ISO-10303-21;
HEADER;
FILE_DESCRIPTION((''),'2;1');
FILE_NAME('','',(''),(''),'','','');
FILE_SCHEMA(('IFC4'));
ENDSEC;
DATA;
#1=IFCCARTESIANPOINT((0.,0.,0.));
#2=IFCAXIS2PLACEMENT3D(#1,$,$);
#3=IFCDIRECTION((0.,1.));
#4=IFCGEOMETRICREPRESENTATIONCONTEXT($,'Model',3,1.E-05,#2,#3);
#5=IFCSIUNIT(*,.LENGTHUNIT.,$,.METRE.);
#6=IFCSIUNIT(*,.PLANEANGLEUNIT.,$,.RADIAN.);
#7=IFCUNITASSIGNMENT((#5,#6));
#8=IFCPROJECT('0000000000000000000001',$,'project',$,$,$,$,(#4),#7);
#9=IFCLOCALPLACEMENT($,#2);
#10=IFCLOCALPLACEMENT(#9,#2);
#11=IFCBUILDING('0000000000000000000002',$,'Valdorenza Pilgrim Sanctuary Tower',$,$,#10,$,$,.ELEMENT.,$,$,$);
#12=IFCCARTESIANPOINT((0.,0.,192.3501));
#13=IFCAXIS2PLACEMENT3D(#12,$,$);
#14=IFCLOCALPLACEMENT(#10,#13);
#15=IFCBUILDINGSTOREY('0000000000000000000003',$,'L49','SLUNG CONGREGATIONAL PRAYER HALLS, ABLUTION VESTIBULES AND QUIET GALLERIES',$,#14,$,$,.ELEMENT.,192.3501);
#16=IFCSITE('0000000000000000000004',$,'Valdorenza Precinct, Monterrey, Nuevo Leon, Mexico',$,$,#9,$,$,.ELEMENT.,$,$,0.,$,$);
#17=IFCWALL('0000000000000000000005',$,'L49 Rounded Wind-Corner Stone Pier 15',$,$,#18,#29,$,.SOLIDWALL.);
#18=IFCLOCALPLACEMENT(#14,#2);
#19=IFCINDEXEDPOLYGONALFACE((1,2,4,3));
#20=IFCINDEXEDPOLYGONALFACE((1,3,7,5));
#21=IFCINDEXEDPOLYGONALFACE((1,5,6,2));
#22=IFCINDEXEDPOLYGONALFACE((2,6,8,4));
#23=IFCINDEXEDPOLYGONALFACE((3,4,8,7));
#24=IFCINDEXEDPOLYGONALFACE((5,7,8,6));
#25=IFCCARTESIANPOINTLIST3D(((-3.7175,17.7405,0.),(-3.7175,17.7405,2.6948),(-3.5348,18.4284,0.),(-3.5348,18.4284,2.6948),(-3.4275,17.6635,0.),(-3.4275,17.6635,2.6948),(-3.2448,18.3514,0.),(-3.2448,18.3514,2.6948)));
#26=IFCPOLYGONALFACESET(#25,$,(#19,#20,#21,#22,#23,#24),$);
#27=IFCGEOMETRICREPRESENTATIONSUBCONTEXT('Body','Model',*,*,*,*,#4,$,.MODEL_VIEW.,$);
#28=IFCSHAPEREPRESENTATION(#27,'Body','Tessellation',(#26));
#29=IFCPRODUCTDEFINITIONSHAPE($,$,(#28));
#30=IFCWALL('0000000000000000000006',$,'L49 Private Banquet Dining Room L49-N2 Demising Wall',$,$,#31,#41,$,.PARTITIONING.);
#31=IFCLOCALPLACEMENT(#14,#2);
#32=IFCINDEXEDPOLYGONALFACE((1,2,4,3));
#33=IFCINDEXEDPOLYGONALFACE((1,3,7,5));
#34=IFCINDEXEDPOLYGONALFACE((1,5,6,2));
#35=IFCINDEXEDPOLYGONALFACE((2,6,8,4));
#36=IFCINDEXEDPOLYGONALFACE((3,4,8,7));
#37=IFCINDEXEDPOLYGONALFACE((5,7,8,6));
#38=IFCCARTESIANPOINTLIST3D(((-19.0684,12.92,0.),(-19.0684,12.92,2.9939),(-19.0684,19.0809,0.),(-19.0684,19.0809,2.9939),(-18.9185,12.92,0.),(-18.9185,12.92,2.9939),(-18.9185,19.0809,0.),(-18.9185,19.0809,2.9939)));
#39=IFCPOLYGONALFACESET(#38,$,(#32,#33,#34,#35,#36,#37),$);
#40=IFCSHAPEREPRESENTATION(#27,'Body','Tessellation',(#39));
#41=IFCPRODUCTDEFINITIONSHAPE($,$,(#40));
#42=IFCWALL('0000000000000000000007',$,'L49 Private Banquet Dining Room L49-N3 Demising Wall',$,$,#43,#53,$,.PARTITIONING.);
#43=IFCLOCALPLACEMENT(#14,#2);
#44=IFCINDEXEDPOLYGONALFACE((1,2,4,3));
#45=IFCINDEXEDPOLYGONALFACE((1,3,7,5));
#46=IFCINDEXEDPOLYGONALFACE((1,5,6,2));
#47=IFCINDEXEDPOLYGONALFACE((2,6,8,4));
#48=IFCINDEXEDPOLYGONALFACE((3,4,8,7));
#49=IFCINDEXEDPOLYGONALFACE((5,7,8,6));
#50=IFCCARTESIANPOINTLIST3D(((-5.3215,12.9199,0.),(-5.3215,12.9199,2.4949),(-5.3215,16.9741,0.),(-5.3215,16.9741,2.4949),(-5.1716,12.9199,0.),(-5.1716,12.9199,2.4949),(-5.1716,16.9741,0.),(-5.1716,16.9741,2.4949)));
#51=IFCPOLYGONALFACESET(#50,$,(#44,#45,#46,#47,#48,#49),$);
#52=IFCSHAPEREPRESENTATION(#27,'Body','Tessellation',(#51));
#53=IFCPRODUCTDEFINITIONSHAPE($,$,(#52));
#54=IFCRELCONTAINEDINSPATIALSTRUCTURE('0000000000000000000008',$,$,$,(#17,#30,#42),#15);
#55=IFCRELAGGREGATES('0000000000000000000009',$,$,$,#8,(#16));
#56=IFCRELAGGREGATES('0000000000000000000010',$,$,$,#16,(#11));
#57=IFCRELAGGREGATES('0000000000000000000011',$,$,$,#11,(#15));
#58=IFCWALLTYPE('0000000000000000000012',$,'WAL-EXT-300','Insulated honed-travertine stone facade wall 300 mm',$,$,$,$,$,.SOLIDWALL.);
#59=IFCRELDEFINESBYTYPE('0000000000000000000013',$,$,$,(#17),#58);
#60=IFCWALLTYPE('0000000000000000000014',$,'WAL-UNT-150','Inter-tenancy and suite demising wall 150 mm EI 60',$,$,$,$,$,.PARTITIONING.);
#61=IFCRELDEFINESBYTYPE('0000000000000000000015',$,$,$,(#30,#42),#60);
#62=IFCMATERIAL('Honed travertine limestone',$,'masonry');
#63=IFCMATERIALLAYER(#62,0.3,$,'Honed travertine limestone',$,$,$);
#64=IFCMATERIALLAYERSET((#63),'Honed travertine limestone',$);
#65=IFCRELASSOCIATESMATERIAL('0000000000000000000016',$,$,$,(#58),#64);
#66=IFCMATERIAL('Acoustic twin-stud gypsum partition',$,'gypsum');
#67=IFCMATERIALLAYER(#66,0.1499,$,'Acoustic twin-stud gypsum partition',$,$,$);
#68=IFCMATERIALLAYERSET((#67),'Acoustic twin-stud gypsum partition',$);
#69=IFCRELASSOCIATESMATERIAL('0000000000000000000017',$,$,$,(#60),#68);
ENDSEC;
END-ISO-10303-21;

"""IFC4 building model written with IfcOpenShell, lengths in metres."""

from ifc_helpers import new_model, si_unit, direction, frame, frame_2d, origin, place, context, subcontext, project, spatial, rectangle, extrude, material, layer, layer_set, type_object, element, save


model = new_model("IFC4")

# Units and contexts
model_context = context("Model", 3, precision=1e-05, world=origin(), true_north=direction((0.0, 1.0)))
body_context = subcontext(model_context, "Body", "Model", "MODEL_VIEW")
ifc_project = project(units=[si_unit("LENGTHUNIT", "METRE"), si_unit("PLANEANGLEUNIT", "RADIAN")], contexts=[model_context])

# Site, building, storey
site_placement = place(None, origin())
site = spatial("IfcSite", under=ifc_project, at=site_placement, Name="Valdorenza Precinct, Monterrey, Nuevo Leon, Mexico", CompositionType="ELEMENT", RefElevation=0.0)
building_placement = place(site_placement, origin())
building = spatial("IfcBuilding", under=site, at=building_placement, Name="Valdorenza Pilgrim Sanctuary Tower", CompositionType="ELEMENT")
storey_placement = place(building_placement, frame((0.0, 0.0, 192.3501)))
storey = spatial("IfcBuildingStorey", under=building, at=storey_placement, Name="L49", Description="SLUNG CONGREGATIONAL PRAYER HALLS, ABLUTION VESTIBULES AND QUIET GALLERIES", CompositionType="ELEMENT", Elevation=192.3501)

# Shared definitions
ifc_material_1 = material(Name="Honed travertine limestone", Category="masonry")

# Walls
ifc_material_2 = material(Name="Acoustic twin-stud gypsum partition", Category="gypsum")
ifc_layer_1 = layer(ifc_material_1, 0.3, Name="Honed travertine limestone")
ifc_layer_set_1 = layer_set([ifc_layer_1], Name="Honed travertine limestone")
wall_type_1 = type_object("IfcWallType", Name="WAL-EXT-300", Description="Insulated honed-travertine stone facade wall 300 mm", PredefinedType="SOLIDWALL", material=ifc_layer_set_1)
wall_1_placement = place(storey_placement, frame((-3.5725, 17.7019, 0.0), z_axis=(0.0, 0.0, 1.0), x_axis=(0.256637, 0.966508, 0.0)))
element("IfcWall", 1, at=wall_1_placement, inside=storey, type_object=wall_type_1, Name="L49 Rounded Wind-Corner Stone Pier 15", PredefinedType="SOLIDWALL", context=body_context, shape_type="SweptSolid", body=[
    extrude(rectangle(XDim=0.7117, YDim=0.3, at=frame_2d((0.356, 0.0))), origin(), (0.0, 0.0, 1.0), 2.6948),
])
ifc_layer_2 = layer(ifc_material_2, 0.1499, Name="Acoustic twin-stud gypsum partition")
ifc_layer_set_2 = layer_set([ifc_layer_2], Name="Acoustic twin-stud gypsum partition")
wall_type_2 = type_object("IfcWallType", Name="WAL-UNT-150", Description="Inter-tenancy and suite demising wall 150 mm EI 60", PredefinedType="PARTITIONING", material=ifc_layer_set_2)
wall_2_placement = place(storey_placement, frame((-18.9934, 12.9199, 0.0), z_axis=(0.0, 0.0, 1.0), x_axis=(0.0, 1.0, 0.0)))
element("IfcWall", 2, at=wall_2_placement, inside=storey, type_object=wall_type_2, Name="L49 Private Banquet Dining Room L49-N2 Demising Wall", PredefinedType="PARTITIONING", context=body_context, shape_type="SweptSolid", body=[
    extrude(rectangle(XDim=6.1609, YDim=0.1499, at=frame_2d((3.0806, 0.0))), origin(), (0.0, 0.0, 1.0), 2.9939),
])
wall_3_placement = place(storey_placement, frame((-5.2466, 12.9199, 0.0), z_axis=(0.0, 0.0, 1.0), x_axis=(0.0, 1.0, 0.0)))
element("IfcWall", 3, at=wall_3_placement, inside=storey, type_object=wall_type_2, Name="L49 Private Banquet Dining Room L49-N3 Demising Wall", PredefinedType="PARTITIONING", context=body_context, shape_type="SweptSolid", body=[
    extrude(rectangle(XDim=4.0542, YDim=0.1499, at=frame_2d((2.0271, 0.0))), origin(), (0.0, 0.0, 1.0), 2.4949),
])

save(model, "model.ifc")
